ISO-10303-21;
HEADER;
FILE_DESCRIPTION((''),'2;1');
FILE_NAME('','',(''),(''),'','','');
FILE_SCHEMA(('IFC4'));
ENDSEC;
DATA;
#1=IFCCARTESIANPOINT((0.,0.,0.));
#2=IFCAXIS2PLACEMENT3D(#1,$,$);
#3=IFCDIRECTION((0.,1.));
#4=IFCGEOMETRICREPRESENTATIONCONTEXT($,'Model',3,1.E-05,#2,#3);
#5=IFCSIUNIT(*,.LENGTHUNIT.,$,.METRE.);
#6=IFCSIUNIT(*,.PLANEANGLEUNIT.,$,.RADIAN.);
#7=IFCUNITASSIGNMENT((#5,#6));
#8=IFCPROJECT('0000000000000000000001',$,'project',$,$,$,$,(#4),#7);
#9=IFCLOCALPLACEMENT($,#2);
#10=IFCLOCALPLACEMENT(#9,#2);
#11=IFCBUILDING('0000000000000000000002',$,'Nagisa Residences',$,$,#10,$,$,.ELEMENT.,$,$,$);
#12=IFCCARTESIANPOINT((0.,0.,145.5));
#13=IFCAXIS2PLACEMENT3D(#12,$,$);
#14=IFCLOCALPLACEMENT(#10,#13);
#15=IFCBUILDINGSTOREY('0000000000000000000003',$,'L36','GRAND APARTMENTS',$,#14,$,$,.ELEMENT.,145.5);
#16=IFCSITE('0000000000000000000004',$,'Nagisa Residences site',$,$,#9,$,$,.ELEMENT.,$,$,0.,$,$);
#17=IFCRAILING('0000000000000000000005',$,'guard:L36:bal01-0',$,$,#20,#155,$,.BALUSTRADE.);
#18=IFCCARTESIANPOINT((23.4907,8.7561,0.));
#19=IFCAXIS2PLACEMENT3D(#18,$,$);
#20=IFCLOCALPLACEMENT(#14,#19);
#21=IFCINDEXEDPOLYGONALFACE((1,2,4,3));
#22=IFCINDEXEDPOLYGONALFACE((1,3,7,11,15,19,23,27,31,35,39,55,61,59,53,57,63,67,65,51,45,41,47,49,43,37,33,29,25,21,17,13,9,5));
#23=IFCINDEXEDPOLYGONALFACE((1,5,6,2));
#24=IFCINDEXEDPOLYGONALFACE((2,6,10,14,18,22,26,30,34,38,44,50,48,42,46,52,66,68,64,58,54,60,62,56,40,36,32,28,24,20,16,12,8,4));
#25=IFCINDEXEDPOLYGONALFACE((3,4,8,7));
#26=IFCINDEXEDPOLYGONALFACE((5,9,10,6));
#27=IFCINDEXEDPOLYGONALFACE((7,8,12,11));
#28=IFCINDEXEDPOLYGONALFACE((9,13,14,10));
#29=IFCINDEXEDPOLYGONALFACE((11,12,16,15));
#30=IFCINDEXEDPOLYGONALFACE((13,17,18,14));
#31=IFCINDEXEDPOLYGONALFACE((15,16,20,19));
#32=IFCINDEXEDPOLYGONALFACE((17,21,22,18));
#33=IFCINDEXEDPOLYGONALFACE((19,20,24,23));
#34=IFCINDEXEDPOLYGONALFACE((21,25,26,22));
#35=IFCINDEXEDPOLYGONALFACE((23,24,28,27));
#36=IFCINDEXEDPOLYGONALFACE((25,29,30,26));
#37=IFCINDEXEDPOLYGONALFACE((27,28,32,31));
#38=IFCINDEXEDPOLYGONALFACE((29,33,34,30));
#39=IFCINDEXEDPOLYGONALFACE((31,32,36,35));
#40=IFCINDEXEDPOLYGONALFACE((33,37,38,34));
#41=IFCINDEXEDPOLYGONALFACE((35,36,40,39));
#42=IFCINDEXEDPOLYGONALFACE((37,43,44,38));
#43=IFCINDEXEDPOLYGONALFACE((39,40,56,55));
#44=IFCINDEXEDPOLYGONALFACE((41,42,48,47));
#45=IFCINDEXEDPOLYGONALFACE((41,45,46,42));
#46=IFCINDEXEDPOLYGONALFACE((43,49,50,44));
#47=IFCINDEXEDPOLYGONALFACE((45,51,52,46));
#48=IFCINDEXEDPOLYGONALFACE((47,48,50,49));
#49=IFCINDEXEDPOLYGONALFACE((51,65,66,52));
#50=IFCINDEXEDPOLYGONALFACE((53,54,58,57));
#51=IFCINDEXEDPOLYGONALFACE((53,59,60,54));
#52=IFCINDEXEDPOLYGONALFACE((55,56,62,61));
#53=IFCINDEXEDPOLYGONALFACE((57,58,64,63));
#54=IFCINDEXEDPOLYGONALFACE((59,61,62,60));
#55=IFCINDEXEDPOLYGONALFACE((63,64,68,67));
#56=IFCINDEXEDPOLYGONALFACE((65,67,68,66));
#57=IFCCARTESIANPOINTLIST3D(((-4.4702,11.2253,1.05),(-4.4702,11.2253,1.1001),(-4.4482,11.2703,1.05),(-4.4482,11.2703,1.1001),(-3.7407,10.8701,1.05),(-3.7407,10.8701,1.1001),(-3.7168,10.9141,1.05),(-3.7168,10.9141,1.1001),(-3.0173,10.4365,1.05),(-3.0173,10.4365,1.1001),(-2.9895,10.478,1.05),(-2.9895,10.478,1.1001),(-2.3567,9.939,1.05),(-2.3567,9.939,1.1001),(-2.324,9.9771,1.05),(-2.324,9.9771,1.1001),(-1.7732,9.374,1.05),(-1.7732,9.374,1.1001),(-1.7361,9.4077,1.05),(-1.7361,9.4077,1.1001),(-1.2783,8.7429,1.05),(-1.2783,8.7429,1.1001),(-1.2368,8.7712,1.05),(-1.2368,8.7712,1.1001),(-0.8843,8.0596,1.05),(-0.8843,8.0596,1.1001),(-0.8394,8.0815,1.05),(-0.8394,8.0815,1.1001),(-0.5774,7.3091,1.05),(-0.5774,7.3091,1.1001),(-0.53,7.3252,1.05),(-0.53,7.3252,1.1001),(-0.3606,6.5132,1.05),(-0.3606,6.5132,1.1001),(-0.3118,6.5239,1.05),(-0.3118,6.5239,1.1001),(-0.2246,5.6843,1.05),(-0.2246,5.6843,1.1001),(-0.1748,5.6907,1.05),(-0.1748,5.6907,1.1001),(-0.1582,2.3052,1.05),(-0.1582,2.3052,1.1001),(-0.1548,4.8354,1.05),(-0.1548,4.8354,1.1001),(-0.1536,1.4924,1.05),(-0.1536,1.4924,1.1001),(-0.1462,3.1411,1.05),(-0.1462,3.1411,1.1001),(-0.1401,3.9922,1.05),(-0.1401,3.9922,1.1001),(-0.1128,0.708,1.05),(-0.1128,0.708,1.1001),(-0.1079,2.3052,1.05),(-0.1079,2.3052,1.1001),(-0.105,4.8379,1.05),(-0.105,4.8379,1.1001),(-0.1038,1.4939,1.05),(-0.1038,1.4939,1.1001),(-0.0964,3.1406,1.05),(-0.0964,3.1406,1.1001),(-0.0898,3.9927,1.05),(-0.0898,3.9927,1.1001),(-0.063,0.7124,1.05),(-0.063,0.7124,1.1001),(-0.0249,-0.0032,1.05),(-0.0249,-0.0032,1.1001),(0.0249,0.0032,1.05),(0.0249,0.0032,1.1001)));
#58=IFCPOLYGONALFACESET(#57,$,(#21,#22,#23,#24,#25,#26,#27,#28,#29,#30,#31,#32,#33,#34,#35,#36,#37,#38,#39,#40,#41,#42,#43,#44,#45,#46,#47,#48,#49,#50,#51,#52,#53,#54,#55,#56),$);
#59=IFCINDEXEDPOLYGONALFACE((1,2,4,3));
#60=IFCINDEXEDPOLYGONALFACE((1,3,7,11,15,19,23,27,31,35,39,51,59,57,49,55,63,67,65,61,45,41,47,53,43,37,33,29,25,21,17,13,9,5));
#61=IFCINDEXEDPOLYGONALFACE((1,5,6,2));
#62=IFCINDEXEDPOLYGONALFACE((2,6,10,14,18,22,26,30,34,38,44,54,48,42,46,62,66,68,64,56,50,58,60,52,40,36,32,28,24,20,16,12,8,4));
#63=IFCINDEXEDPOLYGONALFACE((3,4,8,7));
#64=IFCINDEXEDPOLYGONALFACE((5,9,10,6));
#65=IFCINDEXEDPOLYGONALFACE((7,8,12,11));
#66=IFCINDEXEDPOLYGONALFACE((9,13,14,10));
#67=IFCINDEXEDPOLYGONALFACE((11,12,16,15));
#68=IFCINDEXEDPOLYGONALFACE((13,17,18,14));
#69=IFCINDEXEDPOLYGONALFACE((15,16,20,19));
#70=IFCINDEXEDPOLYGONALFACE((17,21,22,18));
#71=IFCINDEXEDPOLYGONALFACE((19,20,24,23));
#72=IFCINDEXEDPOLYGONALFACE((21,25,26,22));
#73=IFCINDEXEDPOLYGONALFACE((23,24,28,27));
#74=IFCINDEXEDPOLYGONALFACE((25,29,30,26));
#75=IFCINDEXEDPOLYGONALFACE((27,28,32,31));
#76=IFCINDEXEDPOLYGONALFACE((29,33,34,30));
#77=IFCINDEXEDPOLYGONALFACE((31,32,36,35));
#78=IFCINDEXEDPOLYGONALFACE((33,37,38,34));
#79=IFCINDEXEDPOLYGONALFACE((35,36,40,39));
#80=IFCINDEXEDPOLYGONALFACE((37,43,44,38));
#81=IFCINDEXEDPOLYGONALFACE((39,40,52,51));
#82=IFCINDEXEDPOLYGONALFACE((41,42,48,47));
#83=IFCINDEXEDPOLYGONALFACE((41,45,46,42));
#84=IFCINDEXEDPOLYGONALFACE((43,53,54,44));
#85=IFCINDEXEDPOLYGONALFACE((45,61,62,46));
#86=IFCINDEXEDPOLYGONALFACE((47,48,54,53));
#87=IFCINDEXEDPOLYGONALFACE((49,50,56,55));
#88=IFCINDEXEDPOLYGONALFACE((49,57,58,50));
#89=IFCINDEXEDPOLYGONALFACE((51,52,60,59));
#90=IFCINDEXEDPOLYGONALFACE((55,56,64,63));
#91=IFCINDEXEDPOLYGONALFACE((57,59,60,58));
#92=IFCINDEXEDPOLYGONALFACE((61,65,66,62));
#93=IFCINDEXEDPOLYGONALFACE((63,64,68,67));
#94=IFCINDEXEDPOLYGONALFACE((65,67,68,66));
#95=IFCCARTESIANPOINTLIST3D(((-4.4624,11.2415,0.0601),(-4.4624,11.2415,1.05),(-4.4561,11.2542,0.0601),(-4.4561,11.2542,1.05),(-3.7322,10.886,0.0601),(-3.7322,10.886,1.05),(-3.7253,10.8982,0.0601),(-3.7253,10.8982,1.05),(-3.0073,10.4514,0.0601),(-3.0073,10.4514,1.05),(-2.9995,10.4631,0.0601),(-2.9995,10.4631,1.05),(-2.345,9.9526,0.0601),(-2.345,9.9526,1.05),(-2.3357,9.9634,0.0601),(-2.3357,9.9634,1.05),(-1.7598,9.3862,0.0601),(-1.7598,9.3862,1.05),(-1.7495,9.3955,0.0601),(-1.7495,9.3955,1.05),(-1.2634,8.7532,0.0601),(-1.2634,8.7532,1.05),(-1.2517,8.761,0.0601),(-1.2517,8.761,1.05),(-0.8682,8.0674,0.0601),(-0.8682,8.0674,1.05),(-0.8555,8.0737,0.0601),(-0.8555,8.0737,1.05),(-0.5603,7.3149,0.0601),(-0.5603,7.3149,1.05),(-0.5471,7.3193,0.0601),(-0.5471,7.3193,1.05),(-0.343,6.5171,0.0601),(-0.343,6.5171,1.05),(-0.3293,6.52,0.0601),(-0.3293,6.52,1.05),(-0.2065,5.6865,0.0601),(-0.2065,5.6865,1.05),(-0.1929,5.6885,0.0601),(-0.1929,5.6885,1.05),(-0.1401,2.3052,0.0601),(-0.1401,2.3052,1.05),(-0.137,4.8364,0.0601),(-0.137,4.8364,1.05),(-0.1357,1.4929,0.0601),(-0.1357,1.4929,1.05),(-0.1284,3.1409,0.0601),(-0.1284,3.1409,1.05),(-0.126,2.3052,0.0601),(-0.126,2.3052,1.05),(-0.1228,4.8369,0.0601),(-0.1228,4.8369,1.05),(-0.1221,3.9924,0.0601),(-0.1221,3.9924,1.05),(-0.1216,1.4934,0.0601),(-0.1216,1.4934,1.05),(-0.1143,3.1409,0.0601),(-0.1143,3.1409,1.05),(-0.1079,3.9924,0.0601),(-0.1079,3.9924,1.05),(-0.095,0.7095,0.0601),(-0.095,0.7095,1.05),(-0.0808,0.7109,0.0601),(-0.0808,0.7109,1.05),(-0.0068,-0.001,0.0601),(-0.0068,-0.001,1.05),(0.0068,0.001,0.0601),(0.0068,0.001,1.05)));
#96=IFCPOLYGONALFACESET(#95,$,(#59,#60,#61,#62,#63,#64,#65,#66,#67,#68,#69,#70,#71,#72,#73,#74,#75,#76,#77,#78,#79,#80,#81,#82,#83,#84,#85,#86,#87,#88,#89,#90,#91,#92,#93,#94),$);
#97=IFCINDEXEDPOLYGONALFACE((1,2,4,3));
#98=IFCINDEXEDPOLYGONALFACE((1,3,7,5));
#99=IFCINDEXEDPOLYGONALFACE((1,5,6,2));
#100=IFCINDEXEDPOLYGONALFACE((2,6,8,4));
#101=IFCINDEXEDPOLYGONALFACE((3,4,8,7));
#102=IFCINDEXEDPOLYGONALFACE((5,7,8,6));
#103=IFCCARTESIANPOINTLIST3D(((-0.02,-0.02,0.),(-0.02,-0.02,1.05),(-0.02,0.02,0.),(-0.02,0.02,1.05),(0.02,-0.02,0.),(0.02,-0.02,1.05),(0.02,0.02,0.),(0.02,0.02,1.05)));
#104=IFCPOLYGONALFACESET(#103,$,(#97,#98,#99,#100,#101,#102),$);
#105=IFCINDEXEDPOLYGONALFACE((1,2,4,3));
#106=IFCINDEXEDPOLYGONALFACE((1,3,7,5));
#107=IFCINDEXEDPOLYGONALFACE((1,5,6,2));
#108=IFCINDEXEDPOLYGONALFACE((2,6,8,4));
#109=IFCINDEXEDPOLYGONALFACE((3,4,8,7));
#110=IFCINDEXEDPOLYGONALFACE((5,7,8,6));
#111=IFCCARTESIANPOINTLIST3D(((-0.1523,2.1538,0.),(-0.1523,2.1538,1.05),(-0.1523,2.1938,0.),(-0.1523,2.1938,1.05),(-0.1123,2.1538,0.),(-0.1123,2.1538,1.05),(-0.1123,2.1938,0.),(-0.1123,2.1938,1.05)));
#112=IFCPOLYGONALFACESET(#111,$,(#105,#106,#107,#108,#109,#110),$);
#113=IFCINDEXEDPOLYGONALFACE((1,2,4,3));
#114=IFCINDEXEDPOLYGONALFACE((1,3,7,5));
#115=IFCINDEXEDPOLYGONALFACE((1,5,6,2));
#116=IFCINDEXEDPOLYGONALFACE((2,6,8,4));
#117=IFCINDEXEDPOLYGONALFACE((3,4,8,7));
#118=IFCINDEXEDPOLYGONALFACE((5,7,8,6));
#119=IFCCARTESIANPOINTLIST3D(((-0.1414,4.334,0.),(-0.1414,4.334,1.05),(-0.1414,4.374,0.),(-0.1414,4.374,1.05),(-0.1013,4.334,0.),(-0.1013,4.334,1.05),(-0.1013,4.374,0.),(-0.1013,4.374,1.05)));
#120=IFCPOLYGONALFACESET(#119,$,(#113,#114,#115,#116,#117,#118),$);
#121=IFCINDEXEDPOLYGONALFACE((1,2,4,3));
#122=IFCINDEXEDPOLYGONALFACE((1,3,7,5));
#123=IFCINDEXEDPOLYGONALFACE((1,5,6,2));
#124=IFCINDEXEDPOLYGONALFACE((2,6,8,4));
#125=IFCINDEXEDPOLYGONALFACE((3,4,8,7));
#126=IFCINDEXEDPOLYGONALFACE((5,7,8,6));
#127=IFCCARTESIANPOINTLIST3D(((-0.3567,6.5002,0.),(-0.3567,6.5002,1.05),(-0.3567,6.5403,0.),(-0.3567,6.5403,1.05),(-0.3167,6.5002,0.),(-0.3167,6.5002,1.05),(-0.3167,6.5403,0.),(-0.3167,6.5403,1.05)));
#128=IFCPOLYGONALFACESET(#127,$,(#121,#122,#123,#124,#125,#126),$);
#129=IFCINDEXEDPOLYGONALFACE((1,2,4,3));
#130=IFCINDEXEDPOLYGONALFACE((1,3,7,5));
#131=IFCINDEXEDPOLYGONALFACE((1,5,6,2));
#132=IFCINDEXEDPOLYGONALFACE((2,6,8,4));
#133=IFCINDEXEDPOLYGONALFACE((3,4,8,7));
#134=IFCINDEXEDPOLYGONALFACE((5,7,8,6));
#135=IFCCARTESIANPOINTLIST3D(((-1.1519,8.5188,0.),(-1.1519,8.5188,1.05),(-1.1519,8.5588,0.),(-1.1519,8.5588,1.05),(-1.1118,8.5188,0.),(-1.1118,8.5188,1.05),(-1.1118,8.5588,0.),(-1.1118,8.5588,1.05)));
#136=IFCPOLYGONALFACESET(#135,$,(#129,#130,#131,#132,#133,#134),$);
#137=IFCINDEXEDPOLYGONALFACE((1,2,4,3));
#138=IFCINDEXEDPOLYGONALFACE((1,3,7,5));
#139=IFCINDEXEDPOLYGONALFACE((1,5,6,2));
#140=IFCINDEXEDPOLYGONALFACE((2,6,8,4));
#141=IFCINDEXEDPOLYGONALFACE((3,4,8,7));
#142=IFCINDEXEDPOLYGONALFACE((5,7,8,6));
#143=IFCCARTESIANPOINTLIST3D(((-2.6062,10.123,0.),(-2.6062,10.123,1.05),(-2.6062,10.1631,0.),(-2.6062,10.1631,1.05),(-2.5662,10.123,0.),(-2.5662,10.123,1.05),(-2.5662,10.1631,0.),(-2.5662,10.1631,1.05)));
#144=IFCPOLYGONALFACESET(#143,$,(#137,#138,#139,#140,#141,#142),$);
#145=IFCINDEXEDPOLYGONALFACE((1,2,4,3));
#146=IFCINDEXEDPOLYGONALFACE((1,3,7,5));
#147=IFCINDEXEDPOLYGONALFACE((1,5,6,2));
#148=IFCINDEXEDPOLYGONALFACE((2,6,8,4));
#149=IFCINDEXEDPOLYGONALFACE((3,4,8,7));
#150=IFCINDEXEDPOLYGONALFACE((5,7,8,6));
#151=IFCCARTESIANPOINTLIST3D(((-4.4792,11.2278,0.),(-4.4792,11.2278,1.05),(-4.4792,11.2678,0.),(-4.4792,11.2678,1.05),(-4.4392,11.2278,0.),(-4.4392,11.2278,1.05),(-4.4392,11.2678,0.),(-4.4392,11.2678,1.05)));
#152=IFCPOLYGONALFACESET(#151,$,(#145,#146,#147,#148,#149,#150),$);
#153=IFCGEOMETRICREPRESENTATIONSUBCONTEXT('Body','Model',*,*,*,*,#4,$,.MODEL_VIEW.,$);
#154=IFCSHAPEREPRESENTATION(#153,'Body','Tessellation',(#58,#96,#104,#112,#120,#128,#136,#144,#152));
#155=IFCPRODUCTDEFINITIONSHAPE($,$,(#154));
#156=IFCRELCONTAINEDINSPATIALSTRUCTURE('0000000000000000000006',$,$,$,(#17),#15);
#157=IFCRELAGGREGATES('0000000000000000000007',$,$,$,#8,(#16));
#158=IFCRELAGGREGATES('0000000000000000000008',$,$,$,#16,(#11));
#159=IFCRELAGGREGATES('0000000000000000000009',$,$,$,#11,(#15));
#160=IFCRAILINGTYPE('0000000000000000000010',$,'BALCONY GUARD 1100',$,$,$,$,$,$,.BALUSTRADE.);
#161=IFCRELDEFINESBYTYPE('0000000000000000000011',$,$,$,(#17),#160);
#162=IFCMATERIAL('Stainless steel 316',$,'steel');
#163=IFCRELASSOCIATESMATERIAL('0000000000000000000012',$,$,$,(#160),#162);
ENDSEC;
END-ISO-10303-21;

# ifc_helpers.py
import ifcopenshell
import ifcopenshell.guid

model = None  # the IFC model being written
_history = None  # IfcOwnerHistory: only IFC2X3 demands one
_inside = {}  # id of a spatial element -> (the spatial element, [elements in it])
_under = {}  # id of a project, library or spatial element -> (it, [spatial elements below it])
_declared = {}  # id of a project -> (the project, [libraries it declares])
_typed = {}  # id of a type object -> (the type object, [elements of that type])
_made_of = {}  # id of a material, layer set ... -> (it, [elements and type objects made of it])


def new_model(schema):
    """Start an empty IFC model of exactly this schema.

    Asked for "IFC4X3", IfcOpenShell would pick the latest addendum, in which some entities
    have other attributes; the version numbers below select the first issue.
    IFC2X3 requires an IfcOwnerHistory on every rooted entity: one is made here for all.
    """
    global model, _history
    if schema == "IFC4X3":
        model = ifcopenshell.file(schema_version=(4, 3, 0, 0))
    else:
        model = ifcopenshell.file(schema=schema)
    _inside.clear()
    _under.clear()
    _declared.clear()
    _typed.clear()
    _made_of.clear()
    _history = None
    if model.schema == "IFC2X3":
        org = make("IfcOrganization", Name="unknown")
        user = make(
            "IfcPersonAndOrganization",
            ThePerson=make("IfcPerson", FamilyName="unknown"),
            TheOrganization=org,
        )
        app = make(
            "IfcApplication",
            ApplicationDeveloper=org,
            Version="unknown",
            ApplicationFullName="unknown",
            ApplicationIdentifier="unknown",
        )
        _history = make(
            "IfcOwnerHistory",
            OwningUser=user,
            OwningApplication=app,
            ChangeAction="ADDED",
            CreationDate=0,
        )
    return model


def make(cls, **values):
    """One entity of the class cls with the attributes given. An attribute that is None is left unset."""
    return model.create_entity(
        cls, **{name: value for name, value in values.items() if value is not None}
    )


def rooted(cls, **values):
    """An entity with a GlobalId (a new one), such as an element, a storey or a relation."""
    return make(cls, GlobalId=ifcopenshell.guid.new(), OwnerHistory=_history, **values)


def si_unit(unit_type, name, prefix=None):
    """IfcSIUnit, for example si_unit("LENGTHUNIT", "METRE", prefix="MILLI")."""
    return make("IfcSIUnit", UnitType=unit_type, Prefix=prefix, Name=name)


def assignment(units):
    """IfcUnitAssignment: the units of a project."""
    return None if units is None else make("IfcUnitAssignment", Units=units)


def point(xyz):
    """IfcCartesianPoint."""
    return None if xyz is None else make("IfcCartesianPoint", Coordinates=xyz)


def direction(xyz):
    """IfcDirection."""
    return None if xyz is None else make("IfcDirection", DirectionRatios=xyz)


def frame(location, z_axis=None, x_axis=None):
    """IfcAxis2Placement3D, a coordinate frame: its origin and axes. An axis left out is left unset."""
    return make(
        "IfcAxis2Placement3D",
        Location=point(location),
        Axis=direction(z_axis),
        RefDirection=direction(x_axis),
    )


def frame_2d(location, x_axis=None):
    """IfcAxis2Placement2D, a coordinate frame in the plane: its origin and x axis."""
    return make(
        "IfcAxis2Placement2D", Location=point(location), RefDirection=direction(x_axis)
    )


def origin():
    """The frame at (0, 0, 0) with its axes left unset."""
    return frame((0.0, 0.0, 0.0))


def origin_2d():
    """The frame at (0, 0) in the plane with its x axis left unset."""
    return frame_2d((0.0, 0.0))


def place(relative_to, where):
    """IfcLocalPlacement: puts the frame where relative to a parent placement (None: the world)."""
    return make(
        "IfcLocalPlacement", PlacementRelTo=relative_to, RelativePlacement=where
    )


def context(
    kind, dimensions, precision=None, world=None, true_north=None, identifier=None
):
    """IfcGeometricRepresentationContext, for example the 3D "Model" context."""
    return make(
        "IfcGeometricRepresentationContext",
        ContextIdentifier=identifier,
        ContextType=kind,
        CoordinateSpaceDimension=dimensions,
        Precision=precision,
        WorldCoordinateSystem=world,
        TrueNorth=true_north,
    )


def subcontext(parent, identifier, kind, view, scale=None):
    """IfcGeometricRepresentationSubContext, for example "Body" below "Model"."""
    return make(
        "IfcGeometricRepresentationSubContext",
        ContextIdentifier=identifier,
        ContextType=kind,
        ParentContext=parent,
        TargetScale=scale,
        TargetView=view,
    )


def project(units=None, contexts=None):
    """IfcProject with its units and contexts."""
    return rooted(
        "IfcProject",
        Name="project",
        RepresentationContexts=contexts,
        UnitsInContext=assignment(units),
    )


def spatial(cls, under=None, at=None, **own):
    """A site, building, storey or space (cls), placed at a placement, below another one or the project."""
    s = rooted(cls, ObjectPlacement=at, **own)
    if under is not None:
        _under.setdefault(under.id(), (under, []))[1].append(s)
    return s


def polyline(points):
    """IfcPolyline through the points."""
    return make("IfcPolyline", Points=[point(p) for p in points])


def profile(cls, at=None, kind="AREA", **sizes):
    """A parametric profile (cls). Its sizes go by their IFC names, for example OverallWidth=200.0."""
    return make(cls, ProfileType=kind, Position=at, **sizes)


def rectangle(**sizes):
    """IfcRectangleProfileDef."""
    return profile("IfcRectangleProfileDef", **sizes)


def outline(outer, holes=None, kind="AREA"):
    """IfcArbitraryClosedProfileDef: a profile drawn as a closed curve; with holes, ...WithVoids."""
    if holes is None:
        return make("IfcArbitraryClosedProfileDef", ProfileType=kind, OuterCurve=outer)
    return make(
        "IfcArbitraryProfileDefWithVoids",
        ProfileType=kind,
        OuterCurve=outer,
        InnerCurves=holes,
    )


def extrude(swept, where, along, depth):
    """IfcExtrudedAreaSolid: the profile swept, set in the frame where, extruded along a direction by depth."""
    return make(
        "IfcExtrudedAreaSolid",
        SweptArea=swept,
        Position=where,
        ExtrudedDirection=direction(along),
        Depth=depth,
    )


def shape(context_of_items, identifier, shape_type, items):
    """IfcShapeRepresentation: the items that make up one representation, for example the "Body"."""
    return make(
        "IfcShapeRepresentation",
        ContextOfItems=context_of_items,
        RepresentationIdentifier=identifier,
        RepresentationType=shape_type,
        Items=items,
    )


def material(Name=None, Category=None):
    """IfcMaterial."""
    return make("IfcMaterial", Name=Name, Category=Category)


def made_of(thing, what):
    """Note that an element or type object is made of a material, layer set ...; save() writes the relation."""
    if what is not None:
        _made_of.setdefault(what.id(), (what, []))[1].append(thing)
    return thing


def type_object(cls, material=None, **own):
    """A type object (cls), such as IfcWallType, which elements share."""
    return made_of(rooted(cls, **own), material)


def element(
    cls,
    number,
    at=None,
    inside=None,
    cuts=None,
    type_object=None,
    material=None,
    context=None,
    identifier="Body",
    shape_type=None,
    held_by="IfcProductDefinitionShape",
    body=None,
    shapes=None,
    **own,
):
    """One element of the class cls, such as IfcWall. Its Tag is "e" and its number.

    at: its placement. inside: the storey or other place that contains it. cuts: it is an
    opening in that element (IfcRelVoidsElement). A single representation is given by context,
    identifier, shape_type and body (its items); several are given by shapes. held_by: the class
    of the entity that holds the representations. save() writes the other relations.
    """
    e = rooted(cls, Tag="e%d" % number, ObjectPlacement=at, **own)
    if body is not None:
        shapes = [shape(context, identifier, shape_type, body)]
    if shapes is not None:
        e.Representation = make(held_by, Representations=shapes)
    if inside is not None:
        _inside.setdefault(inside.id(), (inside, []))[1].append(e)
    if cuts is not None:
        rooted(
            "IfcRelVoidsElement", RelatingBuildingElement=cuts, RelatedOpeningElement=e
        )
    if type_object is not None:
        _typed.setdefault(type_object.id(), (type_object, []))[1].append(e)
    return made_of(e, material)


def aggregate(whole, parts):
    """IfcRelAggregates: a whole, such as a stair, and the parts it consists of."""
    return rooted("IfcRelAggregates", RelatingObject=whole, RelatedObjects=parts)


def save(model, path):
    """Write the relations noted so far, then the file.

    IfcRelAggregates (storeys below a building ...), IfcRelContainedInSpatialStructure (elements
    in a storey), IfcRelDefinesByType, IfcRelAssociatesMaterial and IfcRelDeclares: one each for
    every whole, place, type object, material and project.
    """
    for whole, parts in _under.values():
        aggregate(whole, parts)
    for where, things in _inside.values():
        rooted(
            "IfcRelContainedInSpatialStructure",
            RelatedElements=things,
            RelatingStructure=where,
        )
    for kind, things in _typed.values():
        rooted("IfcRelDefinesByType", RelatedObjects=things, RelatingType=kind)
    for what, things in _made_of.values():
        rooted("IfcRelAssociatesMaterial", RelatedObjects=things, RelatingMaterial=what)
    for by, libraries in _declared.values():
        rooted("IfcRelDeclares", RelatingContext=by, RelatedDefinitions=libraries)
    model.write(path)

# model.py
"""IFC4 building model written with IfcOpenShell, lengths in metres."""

from ifc_helpers import new_model, si_unit, direction, frame, origin, origin_2d, place, context, subcontext, project, spatial, polyline, rectangle, outline, extrude, material, type_object, element, save


model = new_model("IFC4")

# Units and contexts
model_context = context("Model", 3, precision=1e-05, world=origin(), true_north=direction((0.0, 1.0)))
body_context = subcontext(model_context, "Body", "Model", "MODEL_VIEW")
ifc_project = project(units=[si_unit("LENGTHUNIT", "METRE"), si_unit("PLANEANGLEUNIT", "RADIAN")], contexts=[model_context])

# Site, building, storey
site_placement = place(None, origin())
site = spatial("IfcSite", under=ifc_project, at=site_placement, Name="Nagisa Residences site", CompositionType="ELEMENT", RefElevation=0.0)
building_placement = place(site_placement, origin())
building = spatial("IfcBuilding", under=site, at=building_placement, Name="Nagisa Residences", CompositionType="ELEMENT")
storey_placement = place(building_placement, frame((0.0, 0.0, 145.5)))
storey = spatial("IfcBuildingStorey", under=building, at=storey_placement, Name="L36", Description="GRAND APARTMENTS", CompositionType="ELEMENT", Elevation=145.5)

# Railing
ifc_material_1 = material(Name="Stainless steel 316", Category="steel")
railing_type_1 = type_object("IfcRailingType", Name="BALCONY GUARD 1100", PredefinedType="BALUSTRADE", material=ifc_material_1)
railing_1_placement = place(storey_placement, frame((23.4907, 8.7561, 0.0)))
element("IfcRailing", 1, at=railing_1_placement, inside=storey, type_object=railing_type_1, Name="guard:L36:bal01-0", PredefinedType="BALUSTRADE", context=body_context, shape_type="SweptSolid", body=[
    extrude(outline(polyline([(-0.1128, 0.708), (-0.0249, -0.0032), (0.0249, 0.0032), (-0.063, 0.7124), (-0.1038, 1.4939), (-0.1079, 2.3052), (-0.0964, 3.1406), (-0.0898, 3.9927), (-0.105, 4.8379), (-0.1748, 5.6907), (-0.3118, 6.5239), (-0.53, 7.3252), (-0.8394, 8.0815), (-1.2368, 8.7712), (-1.7361, 9.4077), (-2.324, 9.9771), (-2.9895, 10.478), (-3.7168, 10.9141), (-4.4482, 11.2703), (-4.4702, 11.2253), (-3.7407, 10.8701), (-3.0173, 10.4365), (-2.3567, 9.939), (-1.7732, 9.374), (-1.2783, 8.7429), (-0.8843, 8.0596), (-0.5774, 7.3091), (-0.3606, 6.5132), (-0.2246, 5.6843), (-0.1548, 4.8354), (-0.1401, 3.9922), (-0.1462, 3.1411), (-0.1582, 2.3052), (-0.1536, 1.4924), (-0.1128, 0.708)])), frame((0.0, 0.0, 1.05)), (0.0, 0.0, 1.0), 0.05),
    extrude(outline(polyline([(-0.095, 0.7095), (-0.0068, -0.001), (0.0068, 0.001), (-0.0808, 0.7109), (-0.1216, 1.4934), (-0.126, 2.3052), (-0.1143, 3.1409), (-0.1079, 3.9924), (-0.1228, 4.8369), (-0.1929, 5.6885), (-0.3293, 6.52), (-0.5471, 7.3193), (-0.8555, 8.0737), (-1.2517, 8.761), (-1.7495, 9.3955), (-2.3357, 9.9634), (-2.9995, 10.4631), (-3.7253, 10.8982), (-4.4561, 11.2542), (-4.4624, 11.2415), (-3.7322, 10.886), (-3.0073, 10.4514), (-2.345, 9.9526), (-1.7598, 9.3862), (-1.2634, 8.7532), (-0.8682, 8.0674), (-0.5603, 7.3149), (-0.343, 6.5171), (-0.2065, 5.6865), (-0.137, 4.8364), (-0.1221, 3.9924), (-0.1284, 3.1409), (-0.1401, 2.3052), (-0.1357, 1.4929), (-0.095, 0.7095)])), frame((0.0, 0.0, 0.0601)), (0.0, 0.0, 1.0), 0.99),
    extrude(rectangle(XDim=0.04, YDim=0.04, at=origin_2d()), origin(), (0.0, 0.0, 1.0), 1.05),
    extrude(rectangle(XDim=0.04, YDim=0.04, at=origin_2d()), frame((-0.1323, 2.1738, 0.0)), (0.0, 0.0, 1.0), 1.05),
    extrude(rectangle(XDim=0.04, YDim=0.04, at=origin_2d()), frame((-0.1213, 4.354, 0.0)), (0.0, 0.0, 1.0), 1.05),
    extrude(rectangle(XDim=0.04, YDim=0.04, at=origin_2d()), frame((-0.3367, 6.5203, 0.0)), (0.0, 0.0, 1.0), 1.05),
    extrude(rectangle(XDim=0.04, YDim=0.04, at=origin_2d()), frame((-1.1318, 8.5388, 0.0)), (0.0, 0.0, 1.0), 1.05),
    extrude(rectangle(XDim=0.04, YDim=0.04, at=origin_2d()), frame((-2.5862, 10.1431, 0.0)), (0.0, 0.0, 1.0), 1.05),
    extrude(rectangle(XDim=0.04, YDim=0.04, at=origin_2d()), frame((-4.4592, 11.2478, 0.0)), (0.0, 0.0, 1.0), 1.05),
])

save(model, "model.ifc")
